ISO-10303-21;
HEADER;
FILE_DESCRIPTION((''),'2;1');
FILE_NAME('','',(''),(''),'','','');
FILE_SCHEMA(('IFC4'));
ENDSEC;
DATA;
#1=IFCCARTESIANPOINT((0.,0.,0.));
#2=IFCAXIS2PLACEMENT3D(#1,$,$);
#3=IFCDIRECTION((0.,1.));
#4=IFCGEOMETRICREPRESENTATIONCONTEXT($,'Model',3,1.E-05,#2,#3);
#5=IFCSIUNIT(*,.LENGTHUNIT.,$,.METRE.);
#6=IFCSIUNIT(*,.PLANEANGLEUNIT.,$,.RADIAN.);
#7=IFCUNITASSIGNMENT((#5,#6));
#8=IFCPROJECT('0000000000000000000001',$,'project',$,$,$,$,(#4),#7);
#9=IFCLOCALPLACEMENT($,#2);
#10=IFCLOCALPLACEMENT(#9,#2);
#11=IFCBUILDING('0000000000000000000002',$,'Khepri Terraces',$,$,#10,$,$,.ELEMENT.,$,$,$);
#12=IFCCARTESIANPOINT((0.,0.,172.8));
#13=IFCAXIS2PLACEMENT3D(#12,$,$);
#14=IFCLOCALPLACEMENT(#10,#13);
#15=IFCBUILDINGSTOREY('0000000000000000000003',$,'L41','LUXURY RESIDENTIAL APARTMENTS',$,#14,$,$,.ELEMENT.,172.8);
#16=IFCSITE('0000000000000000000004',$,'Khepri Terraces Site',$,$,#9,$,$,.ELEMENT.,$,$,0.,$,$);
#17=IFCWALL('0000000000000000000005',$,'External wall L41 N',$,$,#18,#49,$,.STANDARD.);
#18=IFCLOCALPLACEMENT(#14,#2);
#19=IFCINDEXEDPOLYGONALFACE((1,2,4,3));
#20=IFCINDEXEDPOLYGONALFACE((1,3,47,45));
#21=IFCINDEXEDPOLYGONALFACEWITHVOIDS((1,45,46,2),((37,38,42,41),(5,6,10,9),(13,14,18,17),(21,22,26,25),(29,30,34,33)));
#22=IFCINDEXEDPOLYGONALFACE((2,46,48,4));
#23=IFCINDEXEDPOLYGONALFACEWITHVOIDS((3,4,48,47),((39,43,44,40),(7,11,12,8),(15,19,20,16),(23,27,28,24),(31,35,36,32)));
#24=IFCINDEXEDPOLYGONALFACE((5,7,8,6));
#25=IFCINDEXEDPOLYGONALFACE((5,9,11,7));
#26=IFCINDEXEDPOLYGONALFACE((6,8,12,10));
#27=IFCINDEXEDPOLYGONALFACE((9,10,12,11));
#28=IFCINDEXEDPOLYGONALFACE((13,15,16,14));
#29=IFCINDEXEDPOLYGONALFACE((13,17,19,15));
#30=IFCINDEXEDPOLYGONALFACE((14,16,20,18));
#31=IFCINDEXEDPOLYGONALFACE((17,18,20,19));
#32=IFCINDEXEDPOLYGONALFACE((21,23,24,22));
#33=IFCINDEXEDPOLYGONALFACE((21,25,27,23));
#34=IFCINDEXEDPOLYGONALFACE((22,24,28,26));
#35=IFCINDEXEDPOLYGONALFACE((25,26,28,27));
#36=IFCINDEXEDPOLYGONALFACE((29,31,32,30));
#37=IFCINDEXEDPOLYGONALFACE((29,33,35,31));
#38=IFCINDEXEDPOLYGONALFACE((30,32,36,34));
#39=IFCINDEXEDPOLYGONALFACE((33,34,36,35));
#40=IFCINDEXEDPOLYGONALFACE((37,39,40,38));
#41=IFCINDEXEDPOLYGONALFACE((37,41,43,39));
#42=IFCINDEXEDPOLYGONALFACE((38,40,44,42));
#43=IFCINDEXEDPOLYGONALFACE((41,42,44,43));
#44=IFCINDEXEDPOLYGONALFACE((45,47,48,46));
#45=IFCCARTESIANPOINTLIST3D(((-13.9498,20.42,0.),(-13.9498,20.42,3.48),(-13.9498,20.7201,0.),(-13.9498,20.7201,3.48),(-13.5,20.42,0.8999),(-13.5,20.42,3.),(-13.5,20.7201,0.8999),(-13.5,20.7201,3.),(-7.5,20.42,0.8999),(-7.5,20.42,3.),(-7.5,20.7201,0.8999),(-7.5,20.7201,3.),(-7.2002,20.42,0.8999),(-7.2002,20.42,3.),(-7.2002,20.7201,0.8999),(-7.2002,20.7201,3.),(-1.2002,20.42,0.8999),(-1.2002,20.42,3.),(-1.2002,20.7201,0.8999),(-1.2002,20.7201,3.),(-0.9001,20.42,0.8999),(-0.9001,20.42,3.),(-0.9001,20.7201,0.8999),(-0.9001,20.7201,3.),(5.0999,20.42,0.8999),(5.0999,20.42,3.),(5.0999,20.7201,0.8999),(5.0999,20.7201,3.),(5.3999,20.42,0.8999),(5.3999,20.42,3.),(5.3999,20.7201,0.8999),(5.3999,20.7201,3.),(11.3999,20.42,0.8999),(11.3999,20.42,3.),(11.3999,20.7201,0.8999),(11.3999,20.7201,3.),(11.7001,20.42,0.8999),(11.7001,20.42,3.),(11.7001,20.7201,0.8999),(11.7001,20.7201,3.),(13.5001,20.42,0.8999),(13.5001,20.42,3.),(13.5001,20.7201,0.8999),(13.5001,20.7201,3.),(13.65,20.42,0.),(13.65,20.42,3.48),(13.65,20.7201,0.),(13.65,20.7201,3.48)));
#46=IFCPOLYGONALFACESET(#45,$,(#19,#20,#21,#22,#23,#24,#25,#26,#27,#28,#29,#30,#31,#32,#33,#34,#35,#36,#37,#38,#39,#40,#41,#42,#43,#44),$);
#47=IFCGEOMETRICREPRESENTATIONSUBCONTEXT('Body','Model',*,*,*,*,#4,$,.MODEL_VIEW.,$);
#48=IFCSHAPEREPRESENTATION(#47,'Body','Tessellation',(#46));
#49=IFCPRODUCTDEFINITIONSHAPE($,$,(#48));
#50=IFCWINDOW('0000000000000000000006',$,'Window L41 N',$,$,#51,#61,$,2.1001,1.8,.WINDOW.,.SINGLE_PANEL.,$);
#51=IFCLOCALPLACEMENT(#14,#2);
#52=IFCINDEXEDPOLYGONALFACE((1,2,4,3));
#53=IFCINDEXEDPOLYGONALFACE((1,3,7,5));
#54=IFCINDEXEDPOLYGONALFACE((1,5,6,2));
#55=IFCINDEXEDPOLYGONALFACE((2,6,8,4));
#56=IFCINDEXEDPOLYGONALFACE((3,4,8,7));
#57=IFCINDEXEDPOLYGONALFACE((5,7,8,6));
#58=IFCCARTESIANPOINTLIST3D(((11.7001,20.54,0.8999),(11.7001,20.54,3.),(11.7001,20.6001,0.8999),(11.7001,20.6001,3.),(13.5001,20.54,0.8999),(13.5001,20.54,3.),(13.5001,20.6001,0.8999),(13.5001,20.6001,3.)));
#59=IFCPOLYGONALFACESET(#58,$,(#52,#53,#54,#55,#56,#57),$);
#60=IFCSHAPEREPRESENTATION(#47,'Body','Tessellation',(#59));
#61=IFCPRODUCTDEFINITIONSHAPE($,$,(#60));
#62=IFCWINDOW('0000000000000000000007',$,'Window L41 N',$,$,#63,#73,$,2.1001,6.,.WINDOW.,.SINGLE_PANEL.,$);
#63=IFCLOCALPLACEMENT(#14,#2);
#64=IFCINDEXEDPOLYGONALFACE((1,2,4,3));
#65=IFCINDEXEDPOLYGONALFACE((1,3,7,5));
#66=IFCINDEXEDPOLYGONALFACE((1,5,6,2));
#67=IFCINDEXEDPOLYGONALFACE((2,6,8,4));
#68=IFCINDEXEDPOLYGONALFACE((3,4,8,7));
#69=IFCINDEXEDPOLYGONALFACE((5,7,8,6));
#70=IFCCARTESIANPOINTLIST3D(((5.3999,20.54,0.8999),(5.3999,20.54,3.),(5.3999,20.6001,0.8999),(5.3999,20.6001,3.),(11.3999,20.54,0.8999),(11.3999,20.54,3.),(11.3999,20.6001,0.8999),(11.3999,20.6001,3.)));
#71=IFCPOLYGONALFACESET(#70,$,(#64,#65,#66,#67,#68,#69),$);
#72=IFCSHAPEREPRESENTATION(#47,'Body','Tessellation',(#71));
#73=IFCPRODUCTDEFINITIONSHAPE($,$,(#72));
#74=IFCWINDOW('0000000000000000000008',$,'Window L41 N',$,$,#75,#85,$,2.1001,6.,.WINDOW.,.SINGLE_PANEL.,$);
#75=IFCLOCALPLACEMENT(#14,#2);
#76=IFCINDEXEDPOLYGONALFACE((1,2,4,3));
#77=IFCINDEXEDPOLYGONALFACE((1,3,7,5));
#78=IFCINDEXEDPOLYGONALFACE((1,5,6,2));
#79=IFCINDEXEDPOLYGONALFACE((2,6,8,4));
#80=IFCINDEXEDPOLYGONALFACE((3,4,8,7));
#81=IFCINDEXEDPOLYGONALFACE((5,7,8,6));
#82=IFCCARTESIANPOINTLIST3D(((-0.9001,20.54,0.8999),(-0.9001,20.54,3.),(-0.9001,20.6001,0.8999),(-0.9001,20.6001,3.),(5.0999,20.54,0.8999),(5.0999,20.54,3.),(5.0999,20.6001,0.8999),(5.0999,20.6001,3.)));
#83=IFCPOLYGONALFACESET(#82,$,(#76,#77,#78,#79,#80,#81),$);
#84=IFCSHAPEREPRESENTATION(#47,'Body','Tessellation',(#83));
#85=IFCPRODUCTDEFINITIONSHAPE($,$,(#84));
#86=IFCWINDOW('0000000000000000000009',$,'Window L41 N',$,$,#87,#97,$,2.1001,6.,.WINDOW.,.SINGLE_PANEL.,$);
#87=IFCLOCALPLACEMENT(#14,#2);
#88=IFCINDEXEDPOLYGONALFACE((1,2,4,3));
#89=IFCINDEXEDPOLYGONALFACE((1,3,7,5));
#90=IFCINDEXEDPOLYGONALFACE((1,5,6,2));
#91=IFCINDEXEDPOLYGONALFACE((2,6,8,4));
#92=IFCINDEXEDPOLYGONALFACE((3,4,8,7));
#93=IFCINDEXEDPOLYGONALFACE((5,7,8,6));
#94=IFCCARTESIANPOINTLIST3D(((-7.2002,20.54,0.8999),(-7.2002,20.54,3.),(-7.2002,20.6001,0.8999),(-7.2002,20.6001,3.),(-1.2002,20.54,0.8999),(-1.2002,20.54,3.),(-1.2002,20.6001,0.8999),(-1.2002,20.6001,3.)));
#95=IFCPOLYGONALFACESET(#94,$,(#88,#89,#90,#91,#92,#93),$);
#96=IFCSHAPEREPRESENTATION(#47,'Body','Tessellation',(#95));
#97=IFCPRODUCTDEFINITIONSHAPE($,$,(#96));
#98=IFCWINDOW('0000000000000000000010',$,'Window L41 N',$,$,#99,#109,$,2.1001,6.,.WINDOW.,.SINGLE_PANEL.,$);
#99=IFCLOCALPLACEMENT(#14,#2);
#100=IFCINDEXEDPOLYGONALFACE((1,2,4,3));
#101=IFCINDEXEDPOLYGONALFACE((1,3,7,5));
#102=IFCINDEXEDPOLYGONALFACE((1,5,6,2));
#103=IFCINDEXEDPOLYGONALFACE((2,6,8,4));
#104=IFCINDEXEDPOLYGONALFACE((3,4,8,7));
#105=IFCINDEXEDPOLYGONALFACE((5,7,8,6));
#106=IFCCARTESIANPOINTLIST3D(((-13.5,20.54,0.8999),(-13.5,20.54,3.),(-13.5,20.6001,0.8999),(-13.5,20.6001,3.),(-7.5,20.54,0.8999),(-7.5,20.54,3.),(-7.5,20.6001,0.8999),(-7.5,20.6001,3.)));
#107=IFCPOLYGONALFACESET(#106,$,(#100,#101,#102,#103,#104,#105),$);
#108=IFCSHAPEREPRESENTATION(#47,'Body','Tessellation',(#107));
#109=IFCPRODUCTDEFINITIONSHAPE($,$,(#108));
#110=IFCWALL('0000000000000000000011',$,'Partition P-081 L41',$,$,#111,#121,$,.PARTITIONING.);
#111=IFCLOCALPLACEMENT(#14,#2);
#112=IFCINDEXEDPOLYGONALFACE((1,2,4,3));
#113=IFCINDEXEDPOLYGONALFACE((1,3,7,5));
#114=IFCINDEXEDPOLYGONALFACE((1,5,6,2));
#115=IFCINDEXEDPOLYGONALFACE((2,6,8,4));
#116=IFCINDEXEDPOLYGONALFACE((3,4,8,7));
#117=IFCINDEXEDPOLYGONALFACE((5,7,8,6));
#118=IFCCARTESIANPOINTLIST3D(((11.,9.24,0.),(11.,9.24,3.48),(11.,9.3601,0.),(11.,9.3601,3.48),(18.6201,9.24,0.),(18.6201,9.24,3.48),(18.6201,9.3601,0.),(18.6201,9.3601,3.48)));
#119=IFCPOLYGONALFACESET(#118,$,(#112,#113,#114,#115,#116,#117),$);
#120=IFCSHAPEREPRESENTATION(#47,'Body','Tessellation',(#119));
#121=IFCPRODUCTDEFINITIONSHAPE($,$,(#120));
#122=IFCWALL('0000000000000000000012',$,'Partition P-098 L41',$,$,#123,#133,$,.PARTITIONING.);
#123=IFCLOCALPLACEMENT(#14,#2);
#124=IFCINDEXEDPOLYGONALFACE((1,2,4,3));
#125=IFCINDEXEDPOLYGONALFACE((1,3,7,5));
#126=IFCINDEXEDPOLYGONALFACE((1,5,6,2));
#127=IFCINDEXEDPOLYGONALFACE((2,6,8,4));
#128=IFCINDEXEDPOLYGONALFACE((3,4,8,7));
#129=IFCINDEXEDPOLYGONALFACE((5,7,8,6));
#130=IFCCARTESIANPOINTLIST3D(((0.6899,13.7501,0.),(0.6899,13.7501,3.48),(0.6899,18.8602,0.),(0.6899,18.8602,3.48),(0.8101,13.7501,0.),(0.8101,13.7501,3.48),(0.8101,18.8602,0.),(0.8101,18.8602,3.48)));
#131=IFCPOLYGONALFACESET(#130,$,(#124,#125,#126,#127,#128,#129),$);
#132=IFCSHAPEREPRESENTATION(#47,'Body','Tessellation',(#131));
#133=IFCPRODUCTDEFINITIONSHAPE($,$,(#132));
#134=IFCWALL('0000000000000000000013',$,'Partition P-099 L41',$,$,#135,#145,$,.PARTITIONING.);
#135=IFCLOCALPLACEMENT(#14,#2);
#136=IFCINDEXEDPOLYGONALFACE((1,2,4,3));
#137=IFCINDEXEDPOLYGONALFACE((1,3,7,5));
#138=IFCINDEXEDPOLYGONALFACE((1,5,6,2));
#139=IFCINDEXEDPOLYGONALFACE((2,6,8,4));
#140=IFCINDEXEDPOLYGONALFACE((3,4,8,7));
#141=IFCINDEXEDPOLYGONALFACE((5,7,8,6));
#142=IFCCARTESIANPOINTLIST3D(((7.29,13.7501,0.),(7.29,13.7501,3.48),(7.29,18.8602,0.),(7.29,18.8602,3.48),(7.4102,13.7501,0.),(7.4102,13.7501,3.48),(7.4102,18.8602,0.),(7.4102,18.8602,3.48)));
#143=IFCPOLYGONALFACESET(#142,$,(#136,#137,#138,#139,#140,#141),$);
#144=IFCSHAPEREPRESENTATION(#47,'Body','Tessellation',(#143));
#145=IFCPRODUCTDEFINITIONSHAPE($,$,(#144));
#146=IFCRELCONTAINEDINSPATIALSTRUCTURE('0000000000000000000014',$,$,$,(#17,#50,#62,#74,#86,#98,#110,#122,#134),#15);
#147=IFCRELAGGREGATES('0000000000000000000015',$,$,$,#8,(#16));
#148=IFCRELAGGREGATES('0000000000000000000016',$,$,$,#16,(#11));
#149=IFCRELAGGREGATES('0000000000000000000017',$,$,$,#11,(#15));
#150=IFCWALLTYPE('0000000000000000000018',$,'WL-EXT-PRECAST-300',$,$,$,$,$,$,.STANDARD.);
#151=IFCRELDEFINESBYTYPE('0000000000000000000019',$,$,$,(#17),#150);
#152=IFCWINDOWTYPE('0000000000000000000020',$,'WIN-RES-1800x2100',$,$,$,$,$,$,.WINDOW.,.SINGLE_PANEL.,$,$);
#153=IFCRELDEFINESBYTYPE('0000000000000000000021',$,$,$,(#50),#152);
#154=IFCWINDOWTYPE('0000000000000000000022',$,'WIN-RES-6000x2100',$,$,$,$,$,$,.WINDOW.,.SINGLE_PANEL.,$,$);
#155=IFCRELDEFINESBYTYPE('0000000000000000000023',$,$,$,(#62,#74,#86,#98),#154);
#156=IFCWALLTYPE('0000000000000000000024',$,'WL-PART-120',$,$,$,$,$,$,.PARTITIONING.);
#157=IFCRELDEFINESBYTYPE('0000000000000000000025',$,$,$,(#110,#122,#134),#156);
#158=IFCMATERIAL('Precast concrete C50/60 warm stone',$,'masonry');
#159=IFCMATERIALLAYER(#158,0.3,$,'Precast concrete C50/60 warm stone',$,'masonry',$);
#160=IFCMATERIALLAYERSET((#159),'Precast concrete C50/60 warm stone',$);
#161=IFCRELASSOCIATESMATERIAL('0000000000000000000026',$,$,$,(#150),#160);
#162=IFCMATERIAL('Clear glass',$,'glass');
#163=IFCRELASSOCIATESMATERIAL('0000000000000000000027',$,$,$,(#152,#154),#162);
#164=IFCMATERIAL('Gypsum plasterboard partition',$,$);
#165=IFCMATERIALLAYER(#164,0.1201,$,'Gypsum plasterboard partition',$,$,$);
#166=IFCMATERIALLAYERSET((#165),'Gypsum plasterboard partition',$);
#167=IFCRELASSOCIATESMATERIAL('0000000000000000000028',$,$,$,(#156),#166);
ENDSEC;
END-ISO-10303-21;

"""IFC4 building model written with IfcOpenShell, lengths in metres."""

from ifc_helpers import new_model, si_unit, direction, frame, frame_2d, origin, place, context, subcontext, project, spatial, rectangle, extrude, material, layer, layer_set, type_object, element, fill, save


model = new_model("IFC4")

# Units and contexts
model_context = context("Model", 3, precision=1e-05, world=origin(), true_north=direction((0.0, 1.0)))
body_context = subcontext(model_context, "Body", "Model", "MODEL_VIEW")
ifc_project = project(units=[si_unit("LENGTHUNIT", "METRE"), si_unit("PLANEANGLEUNIT", "RADIAN")], contexts=[model_context])

# Site, building, storey
site_placement = place(None, origin())
site = spatial("IfcSite", under=ifc_project, at=site_placement, Name="Khepri Terraces Site", CompositionType="ELEMENT", RefElevation=0.0)
building_placement = place(site_placement, origin())
building = spatial("IfcBuilding", under=site, at=building_placement, Name="Khepri Terraces", CompositionType="ELEMENT")
storey_placement = place(building_placement, frame((0.0, 0.0, 172.8)))
storey = spatial("IfcBuildingStorey", under=building, at=storey_placement, Name="L41", Description="LUXURY RESIDENTIAL APARTMENTS", CompositionType="ELEMENT", Elevation=172.8)

# Shared definitions
ifc_material_1 = material(Name="Precast concrete C50/60 warm stone", Category="masonry")
ifc_layer_1 = layer(ifc_material_1, 0.3, Name="Precast concrete C50/60 warm stone", Category="masonry")
ifc_layer_set_1 = layer_set([ifc_layer_1], Name="Precast concrete C50/60 warm stone")
wall_type_1 = type_object("IfcWallType", Name="WL-EXT-PRECAST-300", PredefinedType="STANDARD", material=ifc_layer_set_1)

# Wall, openings, windows
wall_1_placement = place(storey_placement, frame((13.6499, 20.5701, 0.0), z_axis=(0.0, 0.0, 1.0), x_axis=(-1.0, 0.0, 0.0)))
wall_1 = element("IfcWall", 1, at=wall_1_placement, inside=storey, type_object=wall_type_1, Name="External wall L41 N", PredefinedType="STANDARD", context=body_context, shape_type="SweptSolid", body=[
    extrude(rectangle(XDim=27.5999, YDim=0.3, at=frame_2d((13.7998, 0.0))), origin(), (0.0, 0.0, 1.0), 3.48),
])
opening_1_placement = place(wall_1_placement, frame((0.1499, 0.0, 0.8999)))
opening_1 = element("IfcOpeningElement", 2, at=opening_1_placement, cuts=wall_1, PredefinedType="OPENING", context=body_context, shape_type="SweptSolid", body=[
    extrude(rectangle(XDim=1.8, YDim=2.1001, at=frame_2d((0.8999, 1.05))), frame((0.0, 0.1602, 0.0), z_axis=(0.0, -1.0, 0.0), x_axis=(1.0, 0.0, 0.0)), (0.0, 0.0, 1.0), 0.3201),
])
opening_2_placement = place(wall_1_placement, frame((2.25, 0.0, 0.8999)))
opening_2 = element("IfcOpeningElement", 3, at=opening_2_placement, cuts=wall_1, PredefinedType="OPENING", context=body_context, shape_type="SweptSolid", body=[
    extrude(rectangle(XDim=6.0, YDim=2.1001, at=frame_2d((3.0, 1.05))), frame((0.0, 0.1602, 0.0), z_axis=(0.0, -1.0, 0.0), x_axis=(1.0, 0.0, 0.0)), (0.0, 0.0, 1.0), 0.3201),
])
opening_3_placement = place(wall_1_placement, frame((8.55, 0.0, 0.8999)))
opening_3 = element("IfcOpeningElement", 4, at=opening_3_placement, cuts=wall_1, PredefinedType="OPENING", context=body_context, shape_type="SweptSolid", body=[
    extrude(rectangle(XDim=6.0, YDim=2.1001, at=frame_2d((3.0, 1.05))), frame((0.0, 0.1602, 0.0), z_axis=(0.0, -1.0, 0.0), x_axis=(1.0, 0.0, 0.0)), (0.0, 0.0, 1.0), 0.3201),
])
opening_4_placement = place(wall_1_placement, frame((14.8501, 0.0, 0.8999)))
opening_4 = element("IfcOpeningElement", 5, at=opening_4_placement, cuts=wall_1, PredefinedType="OPENING", context=body_context, shape_type="SweptSolid", body=[
    extrude(rectangle(XDim=6.0, YDim=2.1001, at=frame_2d((3.0, 1.05))), frame((0.0, 0.1602, 0.0), z_axis=(0.0, -1.0, 0.0), x_axis=(1.0, 0.0, 0.0)), (0.0, 0.0, 1.0), 0.3201),
])
opening_5_placement = place(wall_1_placement, frame((21.1499, 0.0, 0.8999)))
opening_5 = element("IfcOpeningElement", 6, at=opening_5_placement, cuts=wall_1, PredefinedType="OPENING", context=body_context, shape_type="SweptSolid", body=[
    extrude(rectangle(XDim=6.0, YDim=2.1001, at=frame_2d((3.0, 1.05))), frame((0.0, 0.1602, 0.0), z_axis=(0.0, -1.0, 0.0), x_axis=(1.0, 0.0, 0.0)), (0.0, 0.0, 1.0), 0.3201),
])
ifc_material_2 = material(Name="Clear glass", Category="glass")
window_type_1 = type_object("IfcWindowType", Name="WIN-RES-1800x2100", PartitioningType="SINGLE_PANEL", PredefinedType="WINDOW", material=ifc_material_2)
window_1_placement = place(opening_1_placement, origin())
window_1 = element("IfcWindow", 7, at=window_1_placement, inside=storey, type_object=window_type_1, Name="Window L41 N", OverallHeight=2.1001, OverallWidth=1.8, PartitioningType="SINGLE_PANEL", PredefinedType="WINDOW", context=body_context, shape_type="SweptSolid", body=[
    extrude(rectangle(XDim=1.8, YDim=2.1001, at=frame_2d((0.8999, 1.05))), frame((0.0, 0.03, 0.0), z_axis=(0.0, -1.0, 0.0), x_axis=(1.0, 0.0, 0.0)), (0.0, 0.0, 1.0), 0.0601),
])
fill(opening_1, window_1)
window_type_2 = type_object("IfcWindowType", Name="WIN-RES-6000x2100", PartitioningType="SINGLE_PANEL", PredefinedType="WINDOW", material=ifc_material_2)
window_2_placement = place(opening_2_placement, origin())
window_2 = element("IfcWindow", 8, at=window_2_placement, inside=storey, type_object=window_type_2, Name="Window L41 N", OverallHeight=2.1001, OverallWidth=6.0, PartitioningType="SINGLE_PANEL", PredefinedType="WINDOW", context=body_context, shape_type="SweptSolid", body=[
    extrude(rectangle(XDim=6.0, YDim=2.1001, at=frame_2d((3.0, 1.05))), frame((0.0, 0.03, 0.0), z_axis=(0.0, -1.0, 0.0), x_axis=(1.0, 0.0, 0.0)), (0.0, 0.0, 1.0), 0.0601),
])
fill(opening_2, window_2)
window_3_placement = place(opening_3_placement, origin())
window_3 = element("IfcWindow", 9, at=window_3_placement, inside=storey, type_object=window_type_2, Name="Window L41 N", OverallHeight=2.1001, OverallWidth=6.0, PartitioningType="SINGLE_PANEL", PredefinedType="WINDOW", context=body_context, shape_type="SweptSolid", body=[
    extrude(rectangle(XDim=6.0, YDim=2.1001, at=frame_2d((3.0, 1.05))), frame((0.0, 0.03, 0.0), z_axis=(0.0, -1.0, 0.0), x_axis=(1.0, 0.0, 0.0)), (0.0, 0.0, 1.0), 0.0601),
])
fill(opening_3, window_3)
window_4_placement = place(opening_4_placement, origin())
window_4 = element("IfcWindow", 10, at=window_4_placement, inside=storey, type_object=window_type_2, Name="Window L41 N", OverallHeight=2.1001, OverallWidth=6.0, PartitioningType="SINGLE_PANEL", PredefinedType="WINDOW", context=body_context, shape_type="SweptSolid", body=[
    extrude(rectangle(XDim=6.0, YDim=2.1001, at=frame_2d((3.0, 1.05))), frame((0.0, 0.03, 0.0), z_axis=(0.0, -1.0, 0.0), x_axis=(1.0, 0.0, 0.0)), (0.0, 0.0, 1.0), 0.0601),
])
fill(opening_4, window_4)
window_5_placement = place(opening_5_placement, origin())
window_5 = element("IfcWindow", 11, at=window_5_placement, inside=storey, type_object=window_type_2, Name="Window L41 N", OverallHeight=2.1001, OverallWidth=6.0, PartitioningType="SINGLE_PANEL", PredefinedType="WINDOW", context=body_context, shape_type="SweptSolid", body=[
    extrude(rectangle(XDim=6.0, YDim=2.1001, at=frame_2d((3.0, 1.05))), frame((0.0, 0.03, 0.0), z_axis=(0.0, -1.0, 0.0), x_axis=(1.0, 0.0, 0.0)), (0.0, 0.0, 1.0), 0.0601),
])
fill(opening_5, window_5)

# Walls
ifc_material_3 = material(Name="Gypsum plasterboard partition")
ifc_layer_2 = layer(ifc_material_3, 0.1201, Name="Gypsum plasterboard partition")
ifc_layer_set_2 = layer_set([ifc_layer_2], Name="Gypsum plasterboard partition")
wall_type_2 = type_object("IfcWallType", Name="WL-PART-120", PredefinedType="PARTITIONING", material=ifc_layer_set_2)
wall_2_placement = place(storey_placement, frame((11.0, 9.3, 0.0), z_axis=(0.0, 0.0, 1.0), x_axis=(1.0, 0.0, 0.0)))
element("IfcWall", 12, at=wall_2_placement, inside=storey, type_object=wall_type_2, Name="Partition P-081 L41", PredefinedType="PARTITIONING", context=body_context, shape_type="SweptSolid", body=[
    extrude(rectangle(XDim=7.6201, YDim=0.1201, at=frame_2d((3.8101, 0.0))), origin(), (0.0, 0.0, 1.0), 3.48),
])
for number, where, z_axis, x_axis, name in (
    (13, (0.75, 13.75, 0.0), (0.0, 0.0, 1.0), (0.0, 1.0, 0.0), "Partition P-098 L41"),
    (14, (7.3501, 13.75, 0.0), (0.0, 0.0, 1.0), (0.0, 1.0, 0.0), "Partition P-099 L41"),
):
    element("IfcWall", number, at=place(storey_placement, frame(where, z_axis=z_axis, x_axis=x_axis)), inside=storey, type_object=wall_type_2, Name=name, PredefinedType="PARTITIONING", context=body_context, shape_type="SweptSolid", body=[
        extrude(rectangle(XDim=5.1101, YDim=0.1201, at=frame_2d((2.5552, 0.0))), origin(), (0.0, 0.0, 1.0), 3.48),
    ])

save(model, "model.ifc")
